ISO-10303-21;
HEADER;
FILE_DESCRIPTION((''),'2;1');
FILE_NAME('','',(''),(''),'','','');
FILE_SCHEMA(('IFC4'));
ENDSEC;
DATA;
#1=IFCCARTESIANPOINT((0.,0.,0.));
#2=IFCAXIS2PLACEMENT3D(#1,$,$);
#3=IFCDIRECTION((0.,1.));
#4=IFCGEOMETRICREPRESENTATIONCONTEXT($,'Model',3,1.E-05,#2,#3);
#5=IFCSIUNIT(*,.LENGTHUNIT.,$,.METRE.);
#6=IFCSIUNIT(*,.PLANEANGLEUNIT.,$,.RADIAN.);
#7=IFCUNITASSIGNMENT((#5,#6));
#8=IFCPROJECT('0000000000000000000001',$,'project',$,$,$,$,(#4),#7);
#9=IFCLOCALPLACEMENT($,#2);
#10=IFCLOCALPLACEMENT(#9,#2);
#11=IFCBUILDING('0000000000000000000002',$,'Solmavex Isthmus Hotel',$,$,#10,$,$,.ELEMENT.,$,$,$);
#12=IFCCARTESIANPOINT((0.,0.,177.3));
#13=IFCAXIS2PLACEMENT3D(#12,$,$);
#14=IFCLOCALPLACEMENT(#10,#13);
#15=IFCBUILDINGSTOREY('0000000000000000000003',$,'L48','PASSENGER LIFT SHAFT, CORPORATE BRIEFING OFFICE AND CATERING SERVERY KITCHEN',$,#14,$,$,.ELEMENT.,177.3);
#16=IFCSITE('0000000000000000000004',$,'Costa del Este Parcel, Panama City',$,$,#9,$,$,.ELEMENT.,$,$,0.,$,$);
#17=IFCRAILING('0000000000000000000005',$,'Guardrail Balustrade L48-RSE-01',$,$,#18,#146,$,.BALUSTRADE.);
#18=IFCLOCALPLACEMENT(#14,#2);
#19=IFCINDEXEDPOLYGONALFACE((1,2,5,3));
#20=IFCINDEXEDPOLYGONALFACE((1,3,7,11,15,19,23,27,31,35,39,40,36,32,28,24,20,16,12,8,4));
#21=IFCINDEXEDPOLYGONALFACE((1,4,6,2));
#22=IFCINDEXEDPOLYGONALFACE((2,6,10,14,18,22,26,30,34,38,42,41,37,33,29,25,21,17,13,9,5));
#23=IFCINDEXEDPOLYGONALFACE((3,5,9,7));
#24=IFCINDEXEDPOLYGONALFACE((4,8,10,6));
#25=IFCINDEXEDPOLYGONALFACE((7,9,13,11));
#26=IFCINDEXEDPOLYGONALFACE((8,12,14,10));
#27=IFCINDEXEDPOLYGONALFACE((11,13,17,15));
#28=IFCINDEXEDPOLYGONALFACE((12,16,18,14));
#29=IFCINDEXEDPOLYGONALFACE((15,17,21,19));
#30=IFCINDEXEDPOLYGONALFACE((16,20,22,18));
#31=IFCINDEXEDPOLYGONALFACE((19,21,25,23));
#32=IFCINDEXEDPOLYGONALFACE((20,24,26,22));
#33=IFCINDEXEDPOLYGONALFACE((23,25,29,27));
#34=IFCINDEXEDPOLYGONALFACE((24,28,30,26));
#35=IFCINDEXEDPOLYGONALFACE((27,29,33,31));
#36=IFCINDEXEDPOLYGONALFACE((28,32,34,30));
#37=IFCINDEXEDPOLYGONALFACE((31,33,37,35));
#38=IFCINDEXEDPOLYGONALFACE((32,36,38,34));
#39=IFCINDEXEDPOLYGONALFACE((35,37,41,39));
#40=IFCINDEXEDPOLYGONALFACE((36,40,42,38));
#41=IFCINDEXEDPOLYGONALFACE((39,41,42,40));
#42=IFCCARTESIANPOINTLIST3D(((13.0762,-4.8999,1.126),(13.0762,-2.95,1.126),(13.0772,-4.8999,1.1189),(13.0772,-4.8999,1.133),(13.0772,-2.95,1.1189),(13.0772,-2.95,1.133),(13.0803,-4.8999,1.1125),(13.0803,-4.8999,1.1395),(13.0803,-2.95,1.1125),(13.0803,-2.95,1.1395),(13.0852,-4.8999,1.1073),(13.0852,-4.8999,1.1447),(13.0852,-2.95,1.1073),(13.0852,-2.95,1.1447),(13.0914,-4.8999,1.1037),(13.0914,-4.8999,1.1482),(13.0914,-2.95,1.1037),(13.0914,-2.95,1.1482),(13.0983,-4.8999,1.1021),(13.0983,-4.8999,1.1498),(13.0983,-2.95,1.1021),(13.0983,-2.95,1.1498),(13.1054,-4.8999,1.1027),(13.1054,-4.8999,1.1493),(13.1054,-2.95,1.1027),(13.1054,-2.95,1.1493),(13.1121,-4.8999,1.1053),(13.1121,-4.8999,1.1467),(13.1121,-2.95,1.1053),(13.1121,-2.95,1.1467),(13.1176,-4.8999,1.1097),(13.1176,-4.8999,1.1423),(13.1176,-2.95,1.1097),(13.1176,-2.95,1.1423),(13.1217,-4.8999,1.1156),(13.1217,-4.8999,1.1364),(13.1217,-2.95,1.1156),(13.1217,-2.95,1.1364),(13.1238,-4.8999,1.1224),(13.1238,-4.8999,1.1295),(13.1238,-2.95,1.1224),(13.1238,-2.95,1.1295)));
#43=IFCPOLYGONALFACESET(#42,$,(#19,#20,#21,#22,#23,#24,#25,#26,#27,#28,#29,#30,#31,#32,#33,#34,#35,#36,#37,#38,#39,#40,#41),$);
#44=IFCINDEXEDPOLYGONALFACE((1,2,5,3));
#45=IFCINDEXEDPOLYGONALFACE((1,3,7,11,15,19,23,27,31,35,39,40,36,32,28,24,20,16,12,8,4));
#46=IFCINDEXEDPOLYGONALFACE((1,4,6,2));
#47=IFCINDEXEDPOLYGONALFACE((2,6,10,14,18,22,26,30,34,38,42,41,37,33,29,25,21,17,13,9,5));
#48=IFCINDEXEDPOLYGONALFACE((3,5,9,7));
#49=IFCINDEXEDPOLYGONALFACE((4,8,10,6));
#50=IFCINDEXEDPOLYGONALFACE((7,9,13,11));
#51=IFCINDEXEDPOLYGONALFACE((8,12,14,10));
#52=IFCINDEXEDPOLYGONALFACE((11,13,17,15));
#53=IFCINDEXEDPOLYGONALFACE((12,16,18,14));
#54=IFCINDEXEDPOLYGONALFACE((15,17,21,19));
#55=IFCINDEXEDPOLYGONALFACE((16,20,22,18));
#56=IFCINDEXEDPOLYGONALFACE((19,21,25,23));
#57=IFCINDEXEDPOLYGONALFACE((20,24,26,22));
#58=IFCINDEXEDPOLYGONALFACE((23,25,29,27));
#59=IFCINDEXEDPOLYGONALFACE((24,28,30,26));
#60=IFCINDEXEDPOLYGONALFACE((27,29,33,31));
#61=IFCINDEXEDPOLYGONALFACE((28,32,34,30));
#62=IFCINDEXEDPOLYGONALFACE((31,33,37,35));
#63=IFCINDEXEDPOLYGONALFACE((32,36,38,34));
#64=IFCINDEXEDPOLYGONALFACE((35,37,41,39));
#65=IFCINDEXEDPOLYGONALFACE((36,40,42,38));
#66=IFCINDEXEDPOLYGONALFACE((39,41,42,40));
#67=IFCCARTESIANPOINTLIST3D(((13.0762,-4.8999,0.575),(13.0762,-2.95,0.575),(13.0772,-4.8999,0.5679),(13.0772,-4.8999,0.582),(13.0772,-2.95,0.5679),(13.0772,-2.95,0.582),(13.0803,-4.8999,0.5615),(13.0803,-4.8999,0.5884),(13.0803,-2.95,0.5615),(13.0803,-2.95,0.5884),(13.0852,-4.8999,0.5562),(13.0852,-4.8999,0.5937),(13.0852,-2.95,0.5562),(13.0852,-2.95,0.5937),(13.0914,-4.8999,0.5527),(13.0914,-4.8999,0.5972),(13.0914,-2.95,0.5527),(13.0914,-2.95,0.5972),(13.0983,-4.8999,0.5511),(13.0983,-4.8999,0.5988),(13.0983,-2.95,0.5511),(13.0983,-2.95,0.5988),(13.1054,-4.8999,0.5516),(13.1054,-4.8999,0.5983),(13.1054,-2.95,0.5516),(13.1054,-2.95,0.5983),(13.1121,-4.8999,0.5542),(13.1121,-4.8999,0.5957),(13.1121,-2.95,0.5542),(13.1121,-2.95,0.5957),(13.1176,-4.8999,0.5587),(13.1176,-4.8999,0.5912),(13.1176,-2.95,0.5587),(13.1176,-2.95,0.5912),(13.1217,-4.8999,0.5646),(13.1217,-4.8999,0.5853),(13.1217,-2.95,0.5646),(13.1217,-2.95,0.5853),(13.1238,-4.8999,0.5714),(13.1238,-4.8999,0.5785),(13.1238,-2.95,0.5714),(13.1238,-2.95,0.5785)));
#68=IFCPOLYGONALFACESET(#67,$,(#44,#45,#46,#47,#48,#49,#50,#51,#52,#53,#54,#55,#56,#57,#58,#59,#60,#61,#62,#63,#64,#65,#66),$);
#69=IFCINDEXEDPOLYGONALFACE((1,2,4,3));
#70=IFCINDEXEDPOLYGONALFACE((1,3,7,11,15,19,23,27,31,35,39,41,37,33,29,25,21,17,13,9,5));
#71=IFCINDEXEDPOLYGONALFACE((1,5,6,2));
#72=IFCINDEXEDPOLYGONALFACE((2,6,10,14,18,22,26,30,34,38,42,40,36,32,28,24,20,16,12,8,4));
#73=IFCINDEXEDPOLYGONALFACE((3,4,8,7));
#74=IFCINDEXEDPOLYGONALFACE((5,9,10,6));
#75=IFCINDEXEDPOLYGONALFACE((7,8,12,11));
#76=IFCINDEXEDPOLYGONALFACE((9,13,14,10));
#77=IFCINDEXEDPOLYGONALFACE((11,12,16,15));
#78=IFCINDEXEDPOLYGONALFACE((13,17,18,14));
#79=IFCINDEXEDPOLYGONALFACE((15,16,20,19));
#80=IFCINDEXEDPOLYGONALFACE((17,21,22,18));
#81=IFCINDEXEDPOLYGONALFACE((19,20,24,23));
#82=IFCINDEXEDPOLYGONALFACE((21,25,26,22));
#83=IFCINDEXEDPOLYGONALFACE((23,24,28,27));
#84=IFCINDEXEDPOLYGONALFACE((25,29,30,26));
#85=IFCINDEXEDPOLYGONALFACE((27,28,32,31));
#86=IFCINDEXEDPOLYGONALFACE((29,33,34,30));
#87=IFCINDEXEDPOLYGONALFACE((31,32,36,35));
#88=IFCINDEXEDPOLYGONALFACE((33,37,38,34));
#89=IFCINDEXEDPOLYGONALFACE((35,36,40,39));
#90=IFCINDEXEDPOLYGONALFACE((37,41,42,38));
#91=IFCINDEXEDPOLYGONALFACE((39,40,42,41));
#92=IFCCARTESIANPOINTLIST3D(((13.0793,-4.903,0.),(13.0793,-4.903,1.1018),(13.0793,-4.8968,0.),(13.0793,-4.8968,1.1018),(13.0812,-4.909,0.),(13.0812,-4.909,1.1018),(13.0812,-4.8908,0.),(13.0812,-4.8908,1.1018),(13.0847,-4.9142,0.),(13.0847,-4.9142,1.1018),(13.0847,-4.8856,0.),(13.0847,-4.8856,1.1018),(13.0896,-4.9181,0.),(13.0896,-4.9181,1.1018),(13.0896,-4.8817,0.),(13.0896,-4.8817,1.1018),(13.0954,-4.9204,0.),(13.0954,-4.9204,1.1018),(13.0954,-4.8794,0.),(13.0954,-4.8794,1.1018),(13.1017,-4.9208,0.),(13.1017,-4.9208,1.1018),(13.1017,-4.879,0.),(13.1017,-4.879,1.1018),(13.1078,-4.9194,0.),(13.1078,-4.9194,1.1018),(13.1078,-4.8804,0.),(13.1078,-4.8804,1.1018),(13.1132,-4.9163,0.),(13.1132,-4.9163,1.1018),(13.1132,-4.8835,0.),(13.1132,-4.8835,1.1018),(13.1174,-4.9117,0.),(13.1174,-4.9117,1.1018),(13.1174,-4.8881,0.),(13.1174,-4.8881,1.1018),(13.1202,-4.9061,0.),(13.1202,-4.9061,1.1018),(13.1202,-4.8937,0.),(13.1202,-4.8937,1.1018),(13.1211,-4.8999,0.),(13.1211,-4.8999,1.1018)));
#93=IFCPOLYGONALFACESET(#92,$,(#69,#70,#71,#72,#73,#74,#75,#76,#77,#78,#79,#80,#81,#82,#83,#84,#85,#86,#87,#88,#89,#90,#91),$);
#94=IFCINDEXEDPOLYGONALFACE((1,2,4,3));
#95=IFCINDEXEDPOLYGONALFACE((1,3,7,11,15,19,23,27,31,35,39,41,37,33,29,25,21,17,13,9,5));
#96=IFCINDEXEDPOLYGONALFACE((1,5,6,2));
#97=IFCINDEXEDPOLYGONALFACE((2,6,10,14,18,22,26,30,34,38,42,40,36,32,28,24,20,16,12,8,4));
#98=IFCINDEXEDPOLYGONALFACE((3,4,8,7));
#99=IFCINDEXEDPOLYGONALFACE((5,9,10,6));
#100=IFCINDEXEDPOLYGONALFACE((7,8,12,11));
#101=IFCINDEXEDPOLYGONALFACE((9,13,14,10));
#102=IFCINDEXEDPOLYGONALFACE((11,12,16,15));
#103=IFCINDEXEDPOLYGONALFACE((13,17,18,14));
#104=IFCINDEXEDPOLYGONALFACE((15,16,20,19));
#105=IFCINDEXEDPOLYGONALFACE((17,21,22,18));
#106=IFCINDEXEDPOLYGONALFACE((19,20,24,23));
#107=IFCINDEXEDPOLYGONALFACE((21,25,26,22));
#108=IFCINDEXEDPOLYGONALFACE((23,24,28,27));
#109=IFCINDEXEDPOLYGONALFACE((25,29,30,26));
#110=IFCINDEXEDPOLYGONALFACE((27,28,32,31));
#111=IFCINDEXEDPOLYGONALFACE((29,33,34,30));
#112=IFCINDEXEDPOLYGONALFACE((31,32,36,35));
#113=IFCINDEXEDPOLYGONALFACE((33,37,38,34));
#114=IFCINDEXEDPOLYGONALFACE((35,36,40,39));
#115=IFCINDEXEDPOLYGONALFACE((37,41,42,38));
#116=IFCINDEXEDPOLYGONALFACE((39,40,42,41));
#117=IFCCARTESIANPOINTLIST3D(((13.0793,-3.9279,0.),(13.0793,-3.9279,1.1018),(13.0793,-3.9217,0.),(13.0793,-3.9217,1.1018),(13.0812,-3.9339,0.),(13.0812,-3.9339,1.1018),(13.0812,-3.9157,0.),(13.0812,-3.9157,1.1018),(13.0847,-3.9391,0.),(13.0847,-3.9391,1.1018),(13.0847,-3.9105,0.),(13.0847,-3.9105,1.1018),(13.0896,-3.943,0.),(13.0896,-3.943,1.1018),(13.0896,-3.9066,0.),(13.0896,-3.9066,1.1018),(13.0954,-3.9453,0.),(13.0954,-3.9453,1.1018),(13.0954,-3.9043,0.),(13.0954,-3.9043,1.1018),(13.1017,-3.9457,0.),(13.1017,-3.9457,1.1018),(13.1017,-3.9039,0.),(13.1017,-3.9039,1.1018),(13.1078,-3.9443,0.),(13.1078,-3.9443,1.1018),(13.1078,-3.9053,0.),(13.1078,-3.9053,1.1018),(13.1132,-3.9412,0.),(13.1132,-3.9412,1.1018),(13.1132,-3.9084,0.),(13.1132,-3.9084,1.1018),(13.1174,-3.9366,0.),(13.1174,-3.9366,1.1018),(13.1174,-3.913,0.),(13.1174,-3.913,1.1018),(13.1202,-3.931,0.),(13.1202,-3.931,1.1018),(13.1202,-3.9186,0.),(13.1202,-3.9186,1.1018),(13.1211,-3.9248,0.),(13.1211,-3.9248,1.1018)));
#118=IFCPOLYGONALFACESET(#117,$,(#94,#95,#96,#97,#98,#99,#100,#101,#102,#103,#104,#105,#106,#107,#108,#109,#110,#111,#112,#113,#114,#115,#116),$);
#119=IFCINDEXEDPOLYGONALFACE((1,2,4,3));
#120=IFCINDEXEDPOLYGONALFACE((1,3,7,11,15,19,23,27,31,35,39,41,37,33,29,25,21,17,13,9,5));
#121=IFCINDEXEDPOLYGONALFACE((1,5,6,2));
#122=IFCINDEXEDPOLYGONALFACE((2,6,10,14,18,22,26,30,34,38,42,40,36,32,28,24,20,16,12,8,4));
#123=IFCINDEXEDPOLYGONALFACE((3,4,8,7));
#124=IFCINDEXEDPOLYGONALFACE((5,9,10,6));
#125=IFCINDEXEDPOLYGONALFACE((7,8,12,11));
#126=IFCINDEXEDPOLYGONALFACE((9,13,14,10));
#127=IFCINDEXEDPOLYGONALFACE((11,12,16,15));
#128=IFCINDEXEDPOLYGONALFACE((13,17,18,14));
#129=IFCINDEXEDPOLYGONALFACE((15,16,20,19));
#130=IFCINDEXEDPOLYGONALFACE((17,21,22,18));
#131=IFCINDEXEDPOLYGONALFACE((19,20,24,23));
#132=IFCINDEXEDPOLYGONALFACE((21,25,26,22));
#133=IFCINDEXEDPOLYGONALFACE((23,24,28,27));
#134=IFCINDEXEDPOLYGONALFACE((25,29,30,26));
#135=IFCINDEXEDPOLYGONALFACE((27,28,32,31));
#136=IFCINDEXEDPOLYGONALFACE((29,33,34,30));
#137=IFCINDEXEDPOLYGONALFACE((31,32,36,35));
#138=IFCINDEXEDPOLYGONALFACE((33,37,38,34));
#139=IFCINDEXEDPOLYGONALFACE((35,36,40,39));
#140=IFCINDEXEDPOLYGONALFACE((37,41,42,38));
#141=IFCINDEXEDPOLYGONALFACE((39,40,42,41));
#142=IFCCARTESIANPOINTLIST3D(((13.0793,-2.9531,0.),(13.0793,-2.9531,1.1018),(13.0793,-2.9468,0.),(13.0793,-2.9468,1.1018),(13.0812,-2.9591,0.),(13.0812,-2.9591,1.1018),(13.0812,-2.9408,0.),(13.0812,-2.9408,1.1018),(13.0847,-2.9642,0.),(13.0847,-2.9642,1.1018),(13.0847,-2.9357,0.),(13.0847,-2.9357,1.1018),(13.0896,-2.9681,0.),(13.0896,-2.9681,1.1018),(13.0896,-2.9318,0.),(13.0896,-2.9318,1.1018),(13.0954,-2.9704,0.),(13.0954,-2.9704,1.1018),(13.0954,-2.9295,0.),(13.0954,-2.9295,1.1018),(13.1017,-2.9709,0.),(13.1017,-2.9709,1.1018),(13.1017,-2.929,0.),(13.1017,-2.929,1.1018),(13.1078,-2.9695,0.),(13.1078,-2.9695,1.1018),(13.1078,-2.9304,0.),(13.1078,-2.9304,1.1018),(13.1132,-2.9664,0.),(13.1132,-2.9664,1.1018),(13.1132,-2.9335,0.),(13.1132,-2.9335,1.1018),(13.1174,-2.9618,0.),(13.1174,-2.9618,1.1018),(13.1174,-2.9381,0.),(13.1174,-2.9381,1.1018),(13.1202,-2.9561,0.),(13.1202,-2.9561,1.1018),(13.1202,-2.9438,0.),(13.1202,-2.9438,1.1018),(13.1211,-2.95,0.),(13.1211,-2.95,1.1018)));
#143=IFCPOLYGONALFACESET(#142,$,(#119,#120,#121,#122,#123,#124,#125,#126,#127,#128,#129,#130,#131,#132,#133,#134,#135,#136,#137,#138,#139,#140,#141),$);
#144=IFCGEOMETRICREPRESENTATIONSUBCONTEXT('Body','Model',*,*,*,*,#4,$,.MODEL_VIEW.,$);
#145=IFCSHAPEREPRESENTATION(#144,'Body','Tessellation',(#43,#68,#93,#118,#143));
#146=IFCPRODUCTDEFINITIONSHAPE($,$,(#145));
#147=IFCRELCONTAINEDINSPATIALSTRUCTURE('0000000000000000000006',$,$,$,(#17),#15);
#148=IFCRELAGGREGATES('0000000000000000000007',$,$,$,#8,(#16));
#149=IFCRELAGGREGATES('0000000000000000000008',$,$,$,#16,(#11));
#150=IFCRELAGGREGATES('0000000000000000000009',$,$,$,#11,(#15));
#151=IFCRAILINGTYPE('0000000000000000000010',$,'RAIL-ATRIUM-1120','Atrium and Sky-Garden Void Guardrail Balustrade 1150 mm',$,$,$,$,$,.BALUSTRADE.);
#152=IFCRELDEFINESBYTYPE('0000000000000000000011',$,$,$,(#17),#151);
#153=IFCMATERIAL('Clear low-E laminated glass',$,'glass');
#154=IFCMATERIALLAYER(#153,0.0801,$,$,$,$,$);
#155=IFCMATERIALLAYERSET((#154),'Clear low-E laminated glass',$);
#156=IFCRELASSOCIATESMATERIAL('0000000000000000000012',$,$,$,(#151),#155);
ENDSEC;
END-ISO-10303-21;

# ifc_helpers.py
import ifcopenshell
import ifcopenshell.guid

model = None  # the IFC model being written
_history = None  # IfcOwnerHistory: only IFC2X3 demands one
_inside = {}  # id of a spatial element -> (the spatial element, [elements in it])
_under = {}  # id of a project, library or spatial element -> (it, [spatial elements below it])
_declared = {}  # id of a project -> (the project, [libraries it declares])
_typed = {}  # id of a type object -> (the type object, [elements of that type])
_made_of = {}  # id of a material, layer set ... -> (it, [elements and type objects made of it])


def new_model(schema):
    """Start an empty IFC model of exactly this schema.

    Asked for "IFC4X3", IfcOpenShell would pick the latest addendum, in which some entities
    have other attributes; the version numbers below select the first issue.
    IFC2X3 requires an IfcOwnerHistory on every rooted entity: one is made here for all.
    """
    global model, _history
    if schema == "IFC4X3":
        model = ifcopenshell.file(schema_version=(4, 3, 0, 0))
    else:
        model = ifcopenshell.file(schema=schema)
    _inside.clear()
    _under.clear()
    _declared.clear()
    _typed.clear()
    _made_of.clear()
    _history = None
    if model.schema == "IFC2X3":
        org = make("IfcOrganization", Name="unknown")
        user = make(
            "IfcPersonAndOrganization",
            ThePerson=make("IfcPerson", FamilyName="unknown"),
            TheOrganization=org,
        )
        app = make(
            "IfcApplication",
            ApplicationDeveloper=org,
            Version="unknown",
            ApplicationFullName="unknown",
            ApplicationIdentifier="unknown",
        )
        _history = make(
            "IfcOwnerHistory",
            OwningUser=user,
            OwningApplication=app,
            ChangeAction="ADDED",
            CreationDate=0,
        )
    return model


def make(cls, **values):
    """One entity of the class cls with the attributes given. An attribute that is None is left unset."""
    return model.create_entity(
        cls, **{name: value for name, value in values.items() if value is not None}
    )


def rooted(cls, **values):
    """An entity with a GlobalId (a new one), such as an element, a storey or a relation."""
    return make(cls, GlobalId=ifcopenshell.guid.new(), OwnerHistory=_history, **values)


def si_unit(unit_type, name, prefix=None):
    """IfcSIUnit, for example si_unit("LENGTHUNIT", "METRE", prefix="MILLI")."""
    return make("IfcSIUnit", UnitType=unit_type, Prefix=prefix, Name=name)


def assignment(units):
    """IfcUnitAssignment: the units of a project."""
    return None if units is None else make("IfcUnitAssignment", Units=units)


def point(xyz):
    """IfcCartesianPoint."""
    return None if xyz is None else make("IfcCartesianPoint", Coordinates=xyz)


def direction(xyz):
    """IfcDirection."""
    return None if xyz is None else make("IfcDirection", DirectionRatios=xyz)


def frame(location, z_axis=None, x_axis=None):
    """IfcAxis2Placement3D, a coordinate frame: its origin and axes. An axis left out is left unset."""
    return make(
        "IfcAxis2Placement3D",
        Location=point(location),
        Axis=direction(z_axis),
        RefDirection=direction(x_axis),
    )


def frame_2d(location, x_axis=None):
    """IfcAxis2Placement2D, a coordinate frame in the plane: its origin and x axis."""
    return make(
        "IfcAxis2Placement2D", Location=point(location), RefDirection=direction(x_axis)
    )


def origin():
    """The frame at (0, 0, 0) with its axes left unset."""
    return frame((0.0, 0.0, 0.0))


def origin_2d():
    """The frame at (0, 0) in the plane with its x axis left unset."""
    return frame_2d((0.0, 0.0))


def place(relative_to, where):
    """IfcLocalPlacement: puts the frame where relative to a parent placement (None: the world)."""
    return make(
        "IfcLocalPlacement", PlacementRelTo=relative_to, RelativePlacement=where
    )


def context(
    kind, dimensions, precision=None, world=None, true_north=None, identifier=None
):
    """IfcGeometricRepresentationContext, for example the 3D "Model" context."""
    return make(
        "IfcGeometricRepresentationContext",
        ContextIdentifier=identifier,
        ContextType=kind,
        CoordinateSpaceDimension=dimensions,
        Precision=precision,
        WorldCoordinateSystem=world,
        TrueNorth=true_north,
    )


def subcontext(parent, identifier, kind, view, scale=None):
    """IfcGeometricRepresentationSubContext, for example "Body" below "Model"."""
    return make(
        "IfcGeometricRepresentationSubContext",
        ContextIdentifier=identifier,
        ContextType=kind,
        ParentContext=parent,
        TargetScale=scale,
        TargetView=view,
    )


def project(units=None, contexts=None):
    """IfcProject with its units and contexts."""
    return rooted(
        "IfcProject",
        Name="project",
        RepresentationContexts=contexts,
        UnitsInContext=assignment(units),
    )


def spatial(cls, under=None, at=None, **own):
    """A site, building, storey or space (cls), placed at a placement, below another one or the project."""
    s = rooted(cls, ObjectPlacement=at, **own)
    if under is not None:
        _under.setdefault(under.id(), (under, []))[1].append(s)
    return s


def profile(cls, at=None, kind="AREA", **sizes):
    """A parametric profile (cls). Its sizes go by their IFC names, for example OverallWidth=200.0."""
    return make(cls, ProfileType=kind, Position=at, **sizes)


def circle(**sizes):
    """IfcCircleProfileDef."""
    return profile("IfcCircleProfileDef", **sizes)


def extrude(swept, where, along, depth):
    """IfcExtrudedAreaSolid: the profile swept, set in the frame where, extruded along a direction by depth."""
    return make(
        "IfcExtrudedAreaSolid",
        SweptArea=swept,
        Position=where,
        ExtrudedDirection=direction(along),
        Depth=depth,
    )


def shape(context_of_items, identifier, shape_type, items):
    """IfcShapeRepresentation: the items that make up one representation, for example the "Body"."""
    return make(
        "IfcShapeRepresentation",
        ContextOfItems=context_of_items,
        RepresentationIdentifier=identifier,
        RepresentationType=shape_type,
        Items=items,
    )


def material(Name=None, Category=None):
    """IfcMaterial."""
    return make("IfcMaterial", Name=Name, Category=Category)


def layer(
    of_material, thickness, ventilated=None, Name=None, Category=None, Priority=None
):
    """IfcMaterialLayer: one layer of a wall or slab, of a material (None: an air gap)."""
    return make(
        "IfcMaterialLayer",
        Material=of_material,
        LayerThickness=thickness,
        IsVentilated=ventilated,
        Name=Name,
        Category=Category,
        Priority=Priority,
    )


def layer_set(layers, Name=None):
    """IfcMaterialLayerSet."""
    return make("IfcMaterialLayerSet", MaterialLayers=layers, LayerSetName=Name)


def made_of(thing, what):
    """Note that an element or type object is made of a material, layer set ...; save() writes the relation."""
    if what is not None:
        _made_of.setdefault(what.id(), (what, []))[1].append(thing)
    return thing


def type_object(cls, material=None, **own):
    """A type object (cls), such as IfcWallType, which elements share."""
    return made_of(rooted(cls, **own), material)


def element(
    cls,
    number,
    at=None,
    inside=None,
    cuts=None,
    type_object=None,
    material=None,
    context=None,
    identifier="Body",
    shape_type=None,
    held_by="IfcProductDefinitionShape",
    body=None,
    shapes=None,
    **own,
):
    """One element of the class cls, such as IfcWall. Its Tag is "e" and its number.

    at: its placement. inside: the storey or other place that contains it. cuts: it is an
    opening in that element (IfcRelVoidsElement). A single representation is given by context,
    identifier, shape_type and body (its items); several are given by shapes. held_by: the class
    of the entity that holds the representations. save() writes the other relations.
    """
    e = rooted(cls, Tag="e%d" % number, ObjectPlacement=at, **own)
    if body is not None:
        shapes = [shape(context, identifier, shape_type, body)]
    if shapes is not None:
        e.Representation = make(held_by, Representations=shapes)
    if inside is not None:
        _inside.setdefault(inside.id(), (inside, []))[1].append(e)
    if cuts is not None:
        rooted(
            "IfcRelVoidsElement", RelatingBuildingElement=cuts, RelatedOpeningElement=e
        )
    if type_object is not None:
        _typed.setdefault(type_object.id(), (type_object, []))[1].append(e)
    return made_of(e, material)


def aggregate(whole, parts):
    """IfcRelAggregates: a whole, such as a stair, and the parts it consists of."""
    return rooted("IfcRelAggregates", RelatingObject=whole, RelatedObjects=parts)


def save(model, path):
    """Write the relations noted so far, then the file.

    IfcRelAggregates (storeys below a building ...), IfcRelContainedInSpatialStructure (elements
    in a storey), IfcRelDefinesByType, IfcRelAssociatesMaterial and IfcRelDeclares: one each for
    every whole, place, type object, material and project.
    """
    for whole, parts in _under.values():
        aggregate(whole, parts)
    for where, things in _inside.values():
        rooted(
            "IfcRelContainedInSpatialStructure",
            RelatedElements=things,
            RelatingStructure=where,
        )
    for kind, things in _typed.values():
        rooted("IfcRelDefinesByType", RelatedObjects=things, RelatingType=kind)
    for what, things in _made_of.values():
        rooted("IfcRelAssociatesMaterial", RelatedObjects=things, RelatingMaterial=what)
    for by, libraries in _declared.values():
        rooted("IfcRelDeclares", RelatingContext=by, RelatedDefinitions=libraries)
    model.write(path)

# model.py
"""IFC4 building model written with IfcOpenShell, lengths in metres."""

from ifc_helpers import new_model, si_unit, direction, frame, origin, origin_2d, place, context, subcontext, project, spatial, circle, extrude, material, layer, layer_set, type_object, element, save


model = new_model("IFC4")

# Units and contexts
model_context = context("Model", 3, precision=1e-05, world=origin(), true_north=direction((0.0, 1.0)))
body_context = subcontext(model_context, "Body", "Model", "MODEL_VIEW")
ifc_project = project(units=[si_unit("LENGTHUNIT", "METRE"), si_unit("PLANEANGLEUNIT", "RADIAN")], contexts=[model_context])

# Site, building, storey
site_placement = place(None, origin())
site = spatial("IfcSite", under=ifc_project, at=site_placement, Name="Costa del Este Parcel, Panama City", CompositionType="ELEMENT", RefElevation=0.0)
building_placement = place(site_placement, origin())
building = spatial("IfcBuilding", under=site, at=building_placement, Name="Solmavex Isthmus Hotel", CompositionType="ELEMENT")
storey_placement = place(building_placement, frame((0.0, 0.0, 177.3)))
storey = spatial("IfcBuildingStorey", under=building, at=storey_placement, Name="L48", Description="PASSENGER LIFT SHAFT, CORPORATE BRIEFING OFFICE AND CATERING SERVERY KITCHEN", CompositionType="ELEMENT", Elevation=177.3)

# Railing
ifc_material_1 = material(Name="Clear low-E laminated glass", Category="glass")
ifc_layer_1 = layer(ifc_material_1, 0.0801)
ifc_layer_set_1 = layer_set([ifc_layer_1], Name="Clear low-E laminated glass")
railing_type_1 = type_object("IfcRailingType", Name="RAIL-ATRIUM-1120", Description="Atrium and Sky-Garden Void Guardrail Balustrade 1150 mm", PredefinedType="BALUSTRADE", material=ifc_layer_set_1)
railing_1_placement = place(storey_placement, frame((13.1001, -4.8999, 0.0)))
element("IfcRailing", 1, at=railing_1_placement, inside=storey, type_object=railing_type_1, Name="Guardrail Balustrade L48-RSE-01", PredefinedType="BALUSTRADE", context=body_context, shape_type="SweptSolid", body=[
    extrude(circle(Radius=0.0239, at=origin_2d()), frame((0.0, 0.0, 1.126), z_axis=(0.0, 1.0, 0.0), x_axis=(-1.0, 0.0, 0.0)), (0.0, 0.0, 1.0), 1.95),
    extrude(circle(Radius=0.0239, at=origin_2d()), frame((0.0, 0.0, 0.575), z_axis=(0.0, 1.0, 0.0), x_axis=(-1.0, 0.0, 0.0)), (0.0, 0.0, 1.0), 1.95),
    extrude(circle(Radius=0.021, at=origin_2d()), origin(), (0.0, 0.0, 1.0), 1.1018),
    extrude(circle(Radius=0.021, at=origin_2d()), frame((0.0, 0.9751, 0.0)), (0.0, 0.0, 1.0), 1.1018),
    extrude(circle(Radius=0.021, at=origin_2d()), frame((0.0, 1.95, 0.0)), (0.0, 0.0, 1.0), 1.1018),
])

save(model, "model.ifc")
